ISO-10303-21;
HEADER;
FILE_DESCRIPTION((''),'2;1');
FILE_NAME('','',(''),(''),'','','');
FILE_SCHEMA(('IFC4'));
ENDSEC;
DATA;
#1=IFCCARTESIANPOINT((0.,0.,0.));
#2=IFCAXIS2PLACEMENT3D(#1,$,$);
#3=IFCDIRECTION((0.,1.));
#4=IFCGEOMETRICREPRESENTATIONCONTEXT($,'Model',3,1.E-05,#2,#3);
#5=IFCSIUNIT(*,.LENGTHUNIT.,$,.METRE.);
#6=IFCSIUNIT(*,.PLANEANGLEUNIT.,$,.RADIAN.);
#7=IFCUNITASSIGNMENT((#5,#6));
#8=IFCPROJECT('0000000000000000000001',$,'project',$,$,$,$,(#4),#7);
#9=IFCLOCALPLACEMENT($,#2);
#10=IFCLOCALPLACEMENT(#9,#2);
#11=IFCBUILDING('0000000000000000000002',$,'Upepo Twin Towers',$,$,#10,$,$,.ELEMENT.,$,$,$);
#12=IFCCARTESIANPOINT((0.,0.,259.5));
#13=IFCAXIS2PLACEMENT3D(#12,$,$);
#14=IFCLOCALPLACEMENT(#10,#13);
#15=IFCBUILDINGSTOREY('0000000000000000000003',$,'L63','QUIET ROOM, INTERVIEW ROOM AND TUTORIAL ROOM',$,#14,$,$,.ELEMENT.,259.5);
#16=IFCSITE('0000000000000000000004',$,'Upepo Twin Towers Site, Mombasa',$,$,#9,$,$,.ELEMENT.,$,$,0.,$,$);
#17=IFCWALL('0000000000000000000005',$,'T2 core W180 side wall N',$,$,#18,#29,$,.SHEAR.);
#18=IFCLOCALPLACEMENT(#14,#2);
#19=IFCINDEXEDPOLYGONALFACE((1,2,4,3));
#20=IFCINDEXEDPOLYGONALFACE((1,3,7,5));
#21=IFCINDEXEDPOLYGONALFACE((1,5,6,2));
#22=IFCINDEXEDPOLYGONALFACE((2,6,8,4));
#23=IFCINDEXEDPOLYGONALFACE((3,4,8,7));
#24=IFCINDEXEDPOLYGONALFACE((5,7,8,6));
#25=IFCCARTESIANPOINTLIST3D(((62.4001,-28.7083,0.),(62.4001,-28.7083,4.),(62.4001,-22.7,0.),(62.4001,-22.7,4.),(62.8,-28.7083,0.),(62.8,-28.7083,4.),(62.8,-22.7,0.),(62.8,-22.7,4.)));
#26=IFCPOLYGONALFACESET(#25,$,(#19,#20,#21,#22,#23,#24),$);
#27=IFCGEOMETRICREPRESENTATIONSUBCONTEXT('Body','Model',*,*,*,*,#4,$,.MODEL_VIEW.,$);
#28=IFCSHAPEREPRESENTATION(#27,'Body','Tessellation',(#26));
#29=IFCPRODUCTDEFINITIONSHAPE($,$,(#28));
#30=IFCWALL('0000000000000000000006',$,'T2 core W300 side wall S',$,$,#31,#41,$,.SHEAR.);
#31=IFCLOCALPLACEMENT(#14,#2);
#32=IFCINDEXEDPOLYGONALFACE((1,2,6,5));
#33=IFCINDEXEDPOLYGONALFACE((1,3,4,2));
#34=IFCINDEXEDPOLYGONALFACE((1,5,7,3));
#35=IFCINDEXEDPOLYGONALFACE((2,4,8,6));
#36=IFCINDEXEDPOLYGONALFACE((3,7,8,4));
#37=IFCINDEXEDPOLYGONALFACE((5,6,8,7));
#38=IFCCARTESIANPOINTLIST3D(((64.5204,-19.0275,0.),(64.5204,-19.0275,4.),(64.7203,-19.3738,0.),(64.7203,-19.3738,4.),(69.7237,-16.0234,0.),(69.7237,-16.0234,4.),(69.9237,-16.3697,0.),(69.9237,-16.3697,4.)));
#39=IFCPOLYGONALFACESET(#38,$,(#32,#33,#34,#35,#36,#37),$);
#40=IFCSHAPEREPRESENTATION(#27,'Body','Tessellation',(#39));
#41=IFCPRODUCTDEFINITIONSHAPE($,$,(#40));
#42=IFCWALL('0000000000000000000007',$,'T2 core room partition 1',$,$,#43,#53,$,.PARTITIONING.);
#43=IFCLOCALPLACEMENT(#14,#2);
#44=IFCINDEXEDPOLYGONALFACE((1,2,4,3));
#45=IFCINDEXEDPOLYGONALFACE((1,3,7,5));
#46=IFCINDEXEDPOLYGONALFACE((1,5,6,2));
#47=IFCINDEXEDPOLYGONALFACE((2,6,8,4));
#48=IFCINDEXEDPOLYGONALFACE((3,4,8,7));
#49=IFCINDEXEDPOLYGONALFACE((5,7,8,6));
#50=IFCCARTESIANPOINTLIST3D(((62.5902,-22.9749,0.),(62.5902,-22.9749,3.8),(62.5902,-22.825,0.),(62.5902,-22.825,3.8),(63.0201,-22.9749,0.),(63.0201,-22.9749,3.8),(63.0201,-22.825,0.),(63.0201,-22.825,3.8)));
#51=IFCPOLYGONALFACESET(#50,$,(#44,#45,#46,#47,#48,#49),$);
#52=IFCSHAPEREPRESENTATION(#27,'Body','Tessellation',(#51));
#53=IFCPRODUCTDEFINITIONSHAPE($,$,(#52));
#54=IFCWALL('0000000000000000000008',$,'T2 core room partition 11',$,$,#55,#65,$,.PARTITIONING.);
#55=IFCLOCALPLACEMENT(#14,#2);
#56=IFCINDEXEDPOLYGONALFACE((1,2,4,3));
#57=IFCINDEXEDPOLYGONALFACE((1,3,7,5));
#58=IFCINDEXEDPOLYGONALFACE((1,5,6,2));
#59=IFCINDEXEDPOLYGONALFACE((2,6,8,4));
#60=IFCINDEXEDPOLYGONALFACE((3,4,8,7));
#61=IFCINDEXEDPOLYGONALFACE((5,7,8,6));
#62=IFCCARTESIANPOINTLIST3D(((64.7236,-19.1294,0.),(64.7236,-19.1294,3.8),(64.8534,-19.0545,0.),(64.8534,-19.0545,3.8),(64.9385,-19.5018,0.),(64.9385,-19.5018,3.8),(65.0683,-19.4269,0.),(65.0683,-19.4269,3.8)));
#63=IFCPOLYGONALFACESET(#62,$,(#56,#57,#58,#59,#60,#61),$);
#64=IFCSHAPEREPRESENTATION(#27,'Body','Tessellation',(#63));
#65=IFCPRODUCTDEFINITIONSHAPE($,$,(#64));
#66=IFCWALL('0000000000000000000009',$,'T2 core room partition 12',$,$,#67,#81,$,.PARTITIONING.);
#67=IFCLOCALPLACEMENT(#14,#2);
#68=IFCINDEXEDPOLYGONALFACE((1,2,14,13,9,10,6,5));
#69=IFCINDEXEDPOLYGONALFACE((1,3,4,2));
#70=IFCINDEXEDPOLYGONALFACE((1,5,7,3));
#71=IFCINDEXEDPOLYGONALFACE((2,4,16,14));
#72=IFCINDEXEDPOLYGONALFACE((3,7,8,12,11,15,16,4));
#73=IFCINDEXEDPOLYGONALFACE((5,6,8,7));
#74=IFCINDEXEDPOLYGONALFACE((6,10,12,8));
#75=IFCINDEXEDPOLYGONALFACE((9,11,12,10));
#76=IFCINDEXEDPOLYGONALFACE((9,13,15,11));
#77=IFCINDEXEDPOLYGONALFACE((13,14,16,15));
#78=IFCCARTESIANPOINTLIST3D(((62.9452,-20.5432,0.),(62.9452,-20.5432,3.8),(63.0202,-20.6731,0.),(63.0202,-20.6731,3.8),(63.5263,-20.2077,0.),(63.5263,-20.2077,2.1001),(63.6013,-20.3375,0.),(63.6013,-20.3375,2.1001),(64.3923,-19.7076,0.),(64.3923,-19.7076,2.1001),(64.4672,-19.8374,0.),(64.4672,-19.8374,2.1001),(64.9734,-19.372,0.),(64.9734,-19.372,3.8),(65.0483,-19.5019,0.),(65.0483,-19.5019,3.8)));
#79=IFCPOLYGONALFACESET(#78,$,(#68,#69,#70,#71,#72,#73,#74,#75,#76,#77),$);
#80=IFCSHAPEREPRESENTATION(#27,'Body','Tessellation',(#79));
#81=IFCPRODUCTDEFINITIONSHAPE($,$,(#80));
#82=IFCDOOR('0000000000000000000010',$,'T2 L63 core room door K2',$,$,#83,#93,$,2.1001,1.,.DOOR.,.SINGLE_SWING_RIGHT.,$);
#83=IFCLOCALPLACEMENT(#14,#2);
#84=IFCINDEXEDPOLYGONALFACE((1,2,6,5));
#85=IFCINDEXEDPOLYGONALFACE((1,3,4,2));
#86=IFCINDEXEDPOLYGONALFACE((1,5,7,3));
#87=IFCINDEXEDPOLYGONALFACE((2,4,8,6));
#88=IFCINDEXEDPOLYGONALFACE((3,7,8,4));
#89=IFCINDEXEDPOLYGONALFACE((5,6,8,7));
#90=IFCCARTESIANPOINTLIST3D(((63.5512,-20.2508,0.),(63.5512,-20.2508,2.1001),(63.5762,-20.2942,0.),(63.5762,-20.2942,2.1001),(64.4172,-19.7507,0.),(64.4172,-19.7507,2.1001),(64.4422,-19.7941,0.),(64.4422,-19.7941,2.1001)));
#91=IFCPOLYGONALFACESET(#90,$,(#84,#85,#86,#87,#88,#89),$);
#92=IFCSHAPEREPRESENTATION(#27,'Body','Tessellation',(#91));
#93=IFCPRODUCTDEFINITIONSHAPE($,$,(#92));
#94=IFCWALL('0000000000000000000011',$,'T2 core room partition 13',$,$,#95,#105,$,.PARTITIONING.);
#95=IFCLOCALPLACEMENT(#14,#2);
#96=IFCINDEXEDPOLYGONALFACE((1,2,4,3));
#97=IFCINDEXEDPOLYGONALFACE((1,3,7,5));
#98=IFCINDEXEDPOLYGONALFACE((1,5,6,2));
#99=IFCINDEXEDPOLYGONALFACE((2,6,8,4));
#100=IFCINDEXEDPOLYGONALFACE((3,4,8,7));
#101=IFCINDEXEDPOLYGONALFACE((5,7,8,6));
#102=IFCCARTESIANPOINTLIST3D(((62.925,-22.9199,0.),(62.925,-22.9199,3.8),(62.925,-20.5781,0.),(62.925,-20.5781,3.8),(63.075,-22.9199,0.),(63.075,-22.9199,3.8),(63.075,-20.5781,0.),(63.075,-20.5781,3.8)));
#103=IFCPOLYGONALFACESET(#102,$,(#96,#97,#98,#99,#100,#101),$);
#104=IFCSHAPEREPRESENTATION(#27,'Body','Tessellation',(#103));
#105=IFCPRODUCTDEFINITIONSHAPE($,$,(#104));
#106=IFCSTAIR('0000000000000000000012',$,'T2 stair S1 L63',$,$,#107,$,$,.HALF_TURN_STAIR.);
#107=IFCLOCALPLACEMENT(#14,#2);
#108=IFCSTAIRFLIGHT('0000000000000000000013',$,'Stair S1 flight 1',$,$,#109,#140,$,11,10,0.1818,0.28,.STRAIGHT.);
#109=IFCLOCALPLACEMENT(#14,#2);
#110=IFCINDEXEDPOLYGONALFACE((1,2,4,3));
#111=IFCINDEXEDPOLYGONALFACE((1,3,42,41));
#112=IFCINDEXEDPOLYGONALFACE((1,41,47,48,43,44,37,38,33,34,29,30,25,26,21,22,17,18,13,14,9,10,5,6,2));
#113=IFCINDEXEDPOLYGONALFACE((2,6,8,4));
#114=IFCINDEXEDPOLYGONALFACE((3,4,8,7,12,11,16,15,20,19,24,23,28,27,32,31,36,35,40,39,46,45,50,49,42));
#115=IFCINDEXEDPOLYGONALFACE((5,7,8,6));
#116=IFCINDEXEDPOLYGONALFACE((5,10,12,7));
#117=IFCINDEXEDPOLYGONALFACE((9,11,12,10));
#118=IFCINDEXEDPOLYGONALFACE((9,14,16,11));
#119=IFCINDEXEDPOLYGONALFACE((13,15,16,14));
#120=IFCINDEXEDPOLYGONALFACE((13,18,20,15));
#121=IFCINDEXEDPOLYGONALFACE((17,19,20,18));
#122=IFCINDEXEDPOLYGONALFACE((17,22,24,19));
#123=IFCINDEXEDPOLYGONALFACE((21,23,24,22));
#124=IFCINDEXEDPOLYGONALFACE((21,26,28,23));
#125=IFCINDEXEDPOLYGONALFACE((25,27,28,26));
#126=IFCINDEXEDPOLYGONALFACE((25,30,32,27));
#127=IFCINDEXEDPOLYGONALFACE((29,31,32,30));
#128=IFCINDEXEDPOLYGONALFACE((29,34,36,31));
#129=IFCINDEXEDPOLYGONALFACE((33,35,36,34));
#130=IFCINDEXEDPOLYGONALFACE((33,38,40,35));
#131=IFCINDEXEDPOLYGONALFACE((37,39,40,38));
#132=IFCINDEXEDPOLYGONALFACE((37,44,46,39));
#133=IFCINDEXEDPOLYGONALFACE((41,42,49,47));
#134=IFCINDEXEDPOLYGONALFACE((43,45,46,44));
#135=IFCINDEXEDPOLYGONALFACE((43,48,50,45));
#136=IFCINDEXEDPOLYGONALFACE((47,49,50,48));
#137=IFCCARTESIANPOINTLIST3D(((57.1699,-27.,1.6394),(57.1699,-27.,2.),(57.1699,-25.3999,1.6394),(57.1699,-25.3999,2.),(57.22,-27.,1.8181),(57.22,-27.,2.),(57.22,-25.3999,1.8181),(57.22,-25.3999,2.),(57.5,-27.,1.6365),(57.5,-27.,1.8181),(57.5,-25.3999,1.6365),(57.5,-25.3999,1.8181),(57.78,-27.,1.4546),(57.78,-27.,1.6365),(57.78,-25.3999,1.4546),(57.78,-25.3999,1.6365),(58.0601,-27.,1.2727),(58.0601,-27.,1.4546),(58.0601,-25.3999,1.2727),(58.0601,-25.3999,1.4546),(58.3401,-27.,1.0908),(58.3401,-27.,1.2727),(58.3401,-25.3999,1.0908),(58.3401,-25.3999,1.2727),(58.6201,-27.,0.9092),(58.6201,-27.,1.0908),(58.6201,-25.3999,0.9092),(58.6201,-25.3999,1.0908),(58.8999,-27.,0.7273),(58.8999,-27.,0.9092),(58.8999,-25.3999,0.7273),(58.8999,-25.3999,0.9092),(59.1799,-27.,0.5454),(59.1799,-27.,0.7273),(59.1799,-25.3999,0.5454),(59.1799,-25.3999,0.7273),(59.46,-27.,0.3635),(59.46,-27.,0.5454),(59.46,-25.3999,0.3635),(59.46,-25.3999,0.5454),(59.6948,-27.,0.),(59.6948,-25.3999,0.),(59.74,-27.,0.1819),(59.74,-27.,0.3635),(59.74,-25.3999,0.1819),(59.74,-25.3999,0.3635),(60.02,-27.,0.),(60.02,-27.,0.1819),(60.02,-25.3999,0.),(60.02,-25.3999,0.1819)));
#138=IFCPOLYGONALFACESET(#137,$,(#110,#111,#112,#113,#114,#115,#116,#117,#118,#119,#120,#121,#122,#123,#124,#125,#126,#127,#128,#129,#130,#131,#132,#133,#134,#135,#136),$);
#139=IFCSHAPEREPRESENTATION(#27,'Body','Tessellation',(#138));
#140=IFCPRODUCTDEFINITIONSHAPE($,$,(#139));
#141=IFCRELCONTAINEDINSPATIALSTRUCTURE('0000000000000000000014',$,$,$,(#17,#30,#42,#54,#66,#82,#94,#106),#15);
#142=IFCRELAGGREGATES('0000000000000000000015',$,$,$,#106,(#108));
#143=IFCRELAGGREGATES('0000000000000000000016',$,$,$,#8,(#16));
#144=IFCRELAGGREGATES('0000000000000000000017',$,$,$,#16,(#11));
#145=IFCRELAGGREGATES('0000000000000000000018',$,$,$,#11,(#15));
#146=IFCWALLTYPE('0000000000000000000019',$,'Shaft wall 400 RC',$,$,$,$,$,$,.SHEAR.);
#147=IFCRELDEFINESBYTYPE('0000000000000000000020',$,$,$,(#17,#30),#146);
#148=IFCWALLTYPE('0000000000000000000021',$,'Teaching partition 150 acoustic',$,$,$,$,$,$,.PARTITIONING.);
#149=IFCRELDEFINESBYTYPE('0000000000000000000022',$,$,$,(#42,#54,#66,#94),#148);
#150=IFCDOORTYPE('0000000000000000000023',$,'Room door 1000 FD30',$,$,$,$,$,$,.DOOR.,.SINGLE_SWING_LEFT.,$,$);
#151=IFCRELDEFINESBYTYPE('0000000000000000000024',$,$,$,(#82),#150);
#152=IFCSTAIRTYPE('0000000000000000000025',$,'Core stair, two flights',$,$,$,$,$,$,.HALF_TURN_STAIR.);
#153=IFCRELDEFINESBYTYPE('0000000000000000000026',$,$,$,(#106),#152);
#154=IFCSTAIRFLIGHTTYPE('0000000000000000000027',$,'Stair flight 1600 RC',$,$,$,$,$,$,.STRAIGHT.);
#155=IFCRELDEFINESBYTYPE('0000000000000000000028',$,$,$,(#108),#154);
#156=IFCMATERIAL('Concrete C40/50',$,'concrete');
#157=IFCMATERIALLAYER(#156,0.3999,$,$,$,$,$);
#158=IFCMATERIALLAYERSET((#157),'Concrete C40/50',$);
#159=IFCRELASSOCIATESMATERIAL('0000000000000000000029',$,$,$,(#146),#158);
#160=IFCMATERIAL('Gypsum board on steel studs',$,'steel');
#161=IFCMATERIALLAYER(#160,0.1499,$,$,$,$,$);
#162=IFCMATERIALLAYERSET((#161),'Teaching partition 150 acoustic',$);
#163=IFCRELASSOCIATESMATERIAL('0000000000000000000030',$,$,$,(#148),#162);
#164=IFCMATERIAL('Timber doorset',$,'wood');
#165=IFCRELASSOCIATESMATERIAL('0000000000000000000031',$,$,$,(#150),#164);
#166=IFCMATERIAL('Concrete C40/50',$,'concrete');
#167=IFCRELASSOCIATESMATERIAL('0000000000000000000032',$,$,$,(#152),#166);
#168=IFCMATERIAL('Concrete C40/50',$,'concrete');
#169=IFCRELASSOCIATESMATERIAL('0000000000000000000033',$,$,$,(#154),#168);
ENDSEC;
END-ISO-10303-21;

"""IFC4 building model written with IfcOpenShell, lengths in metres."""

from ifc_helpers import new_model, si_unit, direction, frame, frame_2d, origin, place, context, subcontext, project, spatial, polyline, rectangle, outline, extrude, material, layer, layer_set, type_object, element, fill, aggregate, save


model = new_model("IFC4")

# Units and contexts
model_context = context("Model", 3, precision=1e-05, world=origin(), true_north=direction((0.0, 1.0)))
body_context = subcontext(model_context, "Body", "Model", "MODEL_VIEW")
ifc_project = project(units=[si_unit("LENGTHUNIT", "METRE"), si_unit("PLANEANGLEUNIT", "RADIAN")], contexts=[model_context])

# Site, building, storey
site_placement = place(None, origin())
site = spatial("IfcSite", under=ifc_project, at=site_placement, Name="Upepo Twin Towers Site, Mombasa", CompositionType="ELEMENT", RefElevation=0.0)
building_placement = place(site_placement, origin())
building = spatial("IfcBuilding", under=site, at=building_placement, Name="Upepo Twin Towers", CompositionType="ELEMENT")
storey_placement = place(building_placement, frame((0.0, 0.0, 259.5)))
storey = spatial("IfcBuildingStorey", under=building, at=storey_placement, Name="L63", Description="QUIET ROOM, INTERVIEW ROOM AND TUTORIAL ROOM", CompositionType="ELEMENT", Elevation=259.5)

# Walls
ifc_material_1 = material(Name="Concrete C40/50", Category="concrete")
ifc_layer_1 = layer(ifc_material_1, 0.3999)
ifc_layer_set_1 = layer_set([ifc_layer_1], Name="Concrete C40/50")
wall_type_1 = type_object("IfcWallType", Name="Shaft wall 400 RC", PredefinedType="SHEAR", material=ifc_layer_set_1)
for number, where, z_axis, x_axis, name in (
    (1, (62.6001, -22.7, 0.0), (0.0, 0.0, 1.0), (0.0, -1.0, 0.0), "T2 core W180 side wall N"),
    (2, (64.6204, -19.2007, 0.0), (0.0, 0.0, 1.0), (0.866027, 0.499998, 0.0), "T2 core W300 side wall S"),
):
    element("IfcWall", number, at=place(storey_placement, frame(where, z_axis=z_axis, x_axis=x_axis)), inside=storey, type_object=wall_type_1, Name=name, PredefinedType="SHEAR", context=body_context, shape_type="SweptSolid", body=[
        extrude(rectangle(XDim=6.0083, YDim=0.3999, at=frame_2d((3.0042, 0.0))), origin(), (0.0, 0.0, 1.0), 4.0),
    ])
ifc_material_2 = material(Name="Gypsum board on steel studs", Category="steel")
ifc_layer_2 = layer(ifc_material_2, 0.1499)
ifc_layer_set_2 = layer_set([ifc_layer_2], Name="Teaching partition 150 acoustic")
wall_type_2 = type_object("IfcWallType", Name="Teaching partition 150 acoustic", PredefinedType="PARTITIONING", material=ifc_layer_set_2)
for number, where, z_axis, x_axis, name in (
    (3, (63.02, -22.8999, 0.0), (0.0, 0.0, 1.0), (-1.0, 0.0, 0.0), "T2 core room partition 1"),
    (4, (64.7886, -19.092, 0.0), (0.0, 0.0, 1.0), (0.499804, -0.866138, 0.0), "T2 core room partition 11"),
):
    element("IfcWall", number, at=place(storey_placement, frame(where, z_axis=z_axis, x_axis=x_axis)), inside=storey, type_object=wall_type_2, Name=name, PredefinedType="PARTITIONING", context=body_context, shape_type="SweptSolid", body=[
        extrude(rectangle(XDim=0.4299, YDim=0.1499, at=frame_2d((0.2148, 0.0))), origin(), (0.0, 0.0, 1.0), 3.8),
    ])

# Wall, opening, door
wall_1_placement = place(storey_placement, frame((65.0107, -19.437, 0.0), z_axis=(0.0, 0.0, 1.0), x_axis=(-0.865982, -0.500074, 0.0)))
wall_1 = element("IfcWall", 5, at=wall_1_placement, inside=storey, type_object=wall_type_2, Name="T2 core room partition 12", PredefinedType="PARTITIONING", context=body_context, shape_type="SweptSolid", body=[
    extrude(rectangle(XDim=2.342, YDim=0.1499, at=frame_2d((1.1709, 0.0))), origin(), (0.0, 0.0, 1.0), 3.8),
])
opening_1_placement = place(wall_1_placement, frame((0.6709, 0.0, 0.0)))
opening_1 = element("IfcOpeningElement", 6, at=opening_1_placement, cuts=wall_1, PredefinedType="OPENING", context=body_context, shape_type="SweptSolid", body=[
    extrude(rectangle(XDim=1.0, YDim=2.1001, at=frame_2d((0.5, 1.05))), frame((0.0, 0.085, 0.0), z_axis=(0.0, -1.0, 0.0), x_axis=(1.0, 0.0, 0.0)), (0.0, 0.0, 1.0), 0.1699),
])
ifc_material_3 = material(Name="Timber doorset", Category="wood")
door_type_1 = type_object("IfcDoorType", Name="Room door 1000 FD30", OperationType="SINGLE_SWING_LEFT", PredefinedType="DOOR", material=ifc_material_3)
door_1_placement = place(opening_1_placement, origin())
door_1 = element("IfcDoor", 7, at=door_1_placement, inside=storey, type_object=door_type_1, Name="T2 L63 core room door K2", OperationType="SINGLE_SWING_RIGHT", OverallHeight=2.1001, OverallWidth=1.0, PredefinedType="DOOR", context=body_context, shape_type="SweptSolid", body=[
    extrude(rectangle(XDim=1.0, YDim=2.1001, at=frame_2d((0.5, 1.05))), frame((0.0, 0.0249, 0.0), z_axis=(0.0, -1.0, 0.0), x_axis=(1.0, 0.0, 0.0)), (0.0, 0.0, 1.0), 0.05),
])
fill(opening_1, door_1)

# Wall
wall_2_placement = place(storey_placement, frame((63.0, -20.5781, 0.0), z_axis=(0.0, 0.0, 1.0), x_axis=(0.0, -1.0, 0.0)))
element("IfcWall", 8, at=wall_2_placement, inside=storey, type_object=wall_type_2, Name="T2 core room partition 13", PredefinedType="PARTITIONING", context=body_context, shape_type="SweptSolid", body=[
    extrude(rectangle(XDim=2.3418, YDim=0.1499, at=frame_2d((1.1709, 0.0))), origin(), (0.0, 0.0, 1.0), 3.8),
])

# Stair, stair flight
ifc_material_4 = material(Name="Concrete C40/50", Category="concrete")
stair_type = type_object("IfcStairType", Name="Core stair, two flights", PredefinedType="HALF_TURN_STAIR", material=ifc_material_4)
stair_placement = place(storey_placement, origin())
stair = element("IfcStair", 9, at=stair_placement, inside=storey, type_object=stair_type, Name="T2 stair S1 L63", PredefinedType="HALF_TURN_STAIR")
ifc_material_5 = material(Name="Concrete C40/50", Category="concrete")
stair_flight_type = type_object("IfcStairFlightType", Name="Stair flight 1600 RC", PredefinedType="STRAIGHT", material=ifc_material_5)
stair_flight_placement = place(storey_placement, frame((60.02, -26.2, 0.0), z_axis=(0.0, 0.0, 1.0), x_axis=(-1.0, 0.0, 0.0)))
stair_flight = element("IfcStairFlight", 10, at=stair_flight_placement, type_object=stair_flight_type, Name="Stair S1 flight 1", NumberOfRisers=11, NumberOfTreads=10, PredefinedType="STRAIGHT", RiserHeight=0.1818, TreadLength=0.28, context=body_context, shape_type="SweptSolid", body=[
    extrude(outline(polyline([(0.0, 0.0), (0.0, 0.1819), (0.28, 0.1819), (0.28, 0.3635), (0.5601, 0.3635), (0.5601, 0.5454), (0.8401, 0.5454), (0.8401, 0.7273), (1.1201, 0.7273), (1.1201, 0.9092), (1.3999, 0.9092), (1.3999, 1.0908), (1.6799, 1.0908), (1.6799, 1.2727), (1.96, 1.2727), (1.96, 1.4546), (2.24, 1.4546), (2.24, 1.6365), (2.52, 1.6365), (2.52, 1.8181), (2.8, 1.8181), (2.8, 2.0), (2.8501, 2.0), (2.8501, 1.6394), (0.3252, 0.0), (0.0, 0.0)])), frame((0.0, 0.8, 0.0), z_axis=(0.0, -1.0, 0.0), x_axis=(1.0, 0.0, 0.0)), (0.0, 0.0, 1.0), 1.6001),
])
aggregate(stair, [stair_flight])

save(model, "model.ifc")
